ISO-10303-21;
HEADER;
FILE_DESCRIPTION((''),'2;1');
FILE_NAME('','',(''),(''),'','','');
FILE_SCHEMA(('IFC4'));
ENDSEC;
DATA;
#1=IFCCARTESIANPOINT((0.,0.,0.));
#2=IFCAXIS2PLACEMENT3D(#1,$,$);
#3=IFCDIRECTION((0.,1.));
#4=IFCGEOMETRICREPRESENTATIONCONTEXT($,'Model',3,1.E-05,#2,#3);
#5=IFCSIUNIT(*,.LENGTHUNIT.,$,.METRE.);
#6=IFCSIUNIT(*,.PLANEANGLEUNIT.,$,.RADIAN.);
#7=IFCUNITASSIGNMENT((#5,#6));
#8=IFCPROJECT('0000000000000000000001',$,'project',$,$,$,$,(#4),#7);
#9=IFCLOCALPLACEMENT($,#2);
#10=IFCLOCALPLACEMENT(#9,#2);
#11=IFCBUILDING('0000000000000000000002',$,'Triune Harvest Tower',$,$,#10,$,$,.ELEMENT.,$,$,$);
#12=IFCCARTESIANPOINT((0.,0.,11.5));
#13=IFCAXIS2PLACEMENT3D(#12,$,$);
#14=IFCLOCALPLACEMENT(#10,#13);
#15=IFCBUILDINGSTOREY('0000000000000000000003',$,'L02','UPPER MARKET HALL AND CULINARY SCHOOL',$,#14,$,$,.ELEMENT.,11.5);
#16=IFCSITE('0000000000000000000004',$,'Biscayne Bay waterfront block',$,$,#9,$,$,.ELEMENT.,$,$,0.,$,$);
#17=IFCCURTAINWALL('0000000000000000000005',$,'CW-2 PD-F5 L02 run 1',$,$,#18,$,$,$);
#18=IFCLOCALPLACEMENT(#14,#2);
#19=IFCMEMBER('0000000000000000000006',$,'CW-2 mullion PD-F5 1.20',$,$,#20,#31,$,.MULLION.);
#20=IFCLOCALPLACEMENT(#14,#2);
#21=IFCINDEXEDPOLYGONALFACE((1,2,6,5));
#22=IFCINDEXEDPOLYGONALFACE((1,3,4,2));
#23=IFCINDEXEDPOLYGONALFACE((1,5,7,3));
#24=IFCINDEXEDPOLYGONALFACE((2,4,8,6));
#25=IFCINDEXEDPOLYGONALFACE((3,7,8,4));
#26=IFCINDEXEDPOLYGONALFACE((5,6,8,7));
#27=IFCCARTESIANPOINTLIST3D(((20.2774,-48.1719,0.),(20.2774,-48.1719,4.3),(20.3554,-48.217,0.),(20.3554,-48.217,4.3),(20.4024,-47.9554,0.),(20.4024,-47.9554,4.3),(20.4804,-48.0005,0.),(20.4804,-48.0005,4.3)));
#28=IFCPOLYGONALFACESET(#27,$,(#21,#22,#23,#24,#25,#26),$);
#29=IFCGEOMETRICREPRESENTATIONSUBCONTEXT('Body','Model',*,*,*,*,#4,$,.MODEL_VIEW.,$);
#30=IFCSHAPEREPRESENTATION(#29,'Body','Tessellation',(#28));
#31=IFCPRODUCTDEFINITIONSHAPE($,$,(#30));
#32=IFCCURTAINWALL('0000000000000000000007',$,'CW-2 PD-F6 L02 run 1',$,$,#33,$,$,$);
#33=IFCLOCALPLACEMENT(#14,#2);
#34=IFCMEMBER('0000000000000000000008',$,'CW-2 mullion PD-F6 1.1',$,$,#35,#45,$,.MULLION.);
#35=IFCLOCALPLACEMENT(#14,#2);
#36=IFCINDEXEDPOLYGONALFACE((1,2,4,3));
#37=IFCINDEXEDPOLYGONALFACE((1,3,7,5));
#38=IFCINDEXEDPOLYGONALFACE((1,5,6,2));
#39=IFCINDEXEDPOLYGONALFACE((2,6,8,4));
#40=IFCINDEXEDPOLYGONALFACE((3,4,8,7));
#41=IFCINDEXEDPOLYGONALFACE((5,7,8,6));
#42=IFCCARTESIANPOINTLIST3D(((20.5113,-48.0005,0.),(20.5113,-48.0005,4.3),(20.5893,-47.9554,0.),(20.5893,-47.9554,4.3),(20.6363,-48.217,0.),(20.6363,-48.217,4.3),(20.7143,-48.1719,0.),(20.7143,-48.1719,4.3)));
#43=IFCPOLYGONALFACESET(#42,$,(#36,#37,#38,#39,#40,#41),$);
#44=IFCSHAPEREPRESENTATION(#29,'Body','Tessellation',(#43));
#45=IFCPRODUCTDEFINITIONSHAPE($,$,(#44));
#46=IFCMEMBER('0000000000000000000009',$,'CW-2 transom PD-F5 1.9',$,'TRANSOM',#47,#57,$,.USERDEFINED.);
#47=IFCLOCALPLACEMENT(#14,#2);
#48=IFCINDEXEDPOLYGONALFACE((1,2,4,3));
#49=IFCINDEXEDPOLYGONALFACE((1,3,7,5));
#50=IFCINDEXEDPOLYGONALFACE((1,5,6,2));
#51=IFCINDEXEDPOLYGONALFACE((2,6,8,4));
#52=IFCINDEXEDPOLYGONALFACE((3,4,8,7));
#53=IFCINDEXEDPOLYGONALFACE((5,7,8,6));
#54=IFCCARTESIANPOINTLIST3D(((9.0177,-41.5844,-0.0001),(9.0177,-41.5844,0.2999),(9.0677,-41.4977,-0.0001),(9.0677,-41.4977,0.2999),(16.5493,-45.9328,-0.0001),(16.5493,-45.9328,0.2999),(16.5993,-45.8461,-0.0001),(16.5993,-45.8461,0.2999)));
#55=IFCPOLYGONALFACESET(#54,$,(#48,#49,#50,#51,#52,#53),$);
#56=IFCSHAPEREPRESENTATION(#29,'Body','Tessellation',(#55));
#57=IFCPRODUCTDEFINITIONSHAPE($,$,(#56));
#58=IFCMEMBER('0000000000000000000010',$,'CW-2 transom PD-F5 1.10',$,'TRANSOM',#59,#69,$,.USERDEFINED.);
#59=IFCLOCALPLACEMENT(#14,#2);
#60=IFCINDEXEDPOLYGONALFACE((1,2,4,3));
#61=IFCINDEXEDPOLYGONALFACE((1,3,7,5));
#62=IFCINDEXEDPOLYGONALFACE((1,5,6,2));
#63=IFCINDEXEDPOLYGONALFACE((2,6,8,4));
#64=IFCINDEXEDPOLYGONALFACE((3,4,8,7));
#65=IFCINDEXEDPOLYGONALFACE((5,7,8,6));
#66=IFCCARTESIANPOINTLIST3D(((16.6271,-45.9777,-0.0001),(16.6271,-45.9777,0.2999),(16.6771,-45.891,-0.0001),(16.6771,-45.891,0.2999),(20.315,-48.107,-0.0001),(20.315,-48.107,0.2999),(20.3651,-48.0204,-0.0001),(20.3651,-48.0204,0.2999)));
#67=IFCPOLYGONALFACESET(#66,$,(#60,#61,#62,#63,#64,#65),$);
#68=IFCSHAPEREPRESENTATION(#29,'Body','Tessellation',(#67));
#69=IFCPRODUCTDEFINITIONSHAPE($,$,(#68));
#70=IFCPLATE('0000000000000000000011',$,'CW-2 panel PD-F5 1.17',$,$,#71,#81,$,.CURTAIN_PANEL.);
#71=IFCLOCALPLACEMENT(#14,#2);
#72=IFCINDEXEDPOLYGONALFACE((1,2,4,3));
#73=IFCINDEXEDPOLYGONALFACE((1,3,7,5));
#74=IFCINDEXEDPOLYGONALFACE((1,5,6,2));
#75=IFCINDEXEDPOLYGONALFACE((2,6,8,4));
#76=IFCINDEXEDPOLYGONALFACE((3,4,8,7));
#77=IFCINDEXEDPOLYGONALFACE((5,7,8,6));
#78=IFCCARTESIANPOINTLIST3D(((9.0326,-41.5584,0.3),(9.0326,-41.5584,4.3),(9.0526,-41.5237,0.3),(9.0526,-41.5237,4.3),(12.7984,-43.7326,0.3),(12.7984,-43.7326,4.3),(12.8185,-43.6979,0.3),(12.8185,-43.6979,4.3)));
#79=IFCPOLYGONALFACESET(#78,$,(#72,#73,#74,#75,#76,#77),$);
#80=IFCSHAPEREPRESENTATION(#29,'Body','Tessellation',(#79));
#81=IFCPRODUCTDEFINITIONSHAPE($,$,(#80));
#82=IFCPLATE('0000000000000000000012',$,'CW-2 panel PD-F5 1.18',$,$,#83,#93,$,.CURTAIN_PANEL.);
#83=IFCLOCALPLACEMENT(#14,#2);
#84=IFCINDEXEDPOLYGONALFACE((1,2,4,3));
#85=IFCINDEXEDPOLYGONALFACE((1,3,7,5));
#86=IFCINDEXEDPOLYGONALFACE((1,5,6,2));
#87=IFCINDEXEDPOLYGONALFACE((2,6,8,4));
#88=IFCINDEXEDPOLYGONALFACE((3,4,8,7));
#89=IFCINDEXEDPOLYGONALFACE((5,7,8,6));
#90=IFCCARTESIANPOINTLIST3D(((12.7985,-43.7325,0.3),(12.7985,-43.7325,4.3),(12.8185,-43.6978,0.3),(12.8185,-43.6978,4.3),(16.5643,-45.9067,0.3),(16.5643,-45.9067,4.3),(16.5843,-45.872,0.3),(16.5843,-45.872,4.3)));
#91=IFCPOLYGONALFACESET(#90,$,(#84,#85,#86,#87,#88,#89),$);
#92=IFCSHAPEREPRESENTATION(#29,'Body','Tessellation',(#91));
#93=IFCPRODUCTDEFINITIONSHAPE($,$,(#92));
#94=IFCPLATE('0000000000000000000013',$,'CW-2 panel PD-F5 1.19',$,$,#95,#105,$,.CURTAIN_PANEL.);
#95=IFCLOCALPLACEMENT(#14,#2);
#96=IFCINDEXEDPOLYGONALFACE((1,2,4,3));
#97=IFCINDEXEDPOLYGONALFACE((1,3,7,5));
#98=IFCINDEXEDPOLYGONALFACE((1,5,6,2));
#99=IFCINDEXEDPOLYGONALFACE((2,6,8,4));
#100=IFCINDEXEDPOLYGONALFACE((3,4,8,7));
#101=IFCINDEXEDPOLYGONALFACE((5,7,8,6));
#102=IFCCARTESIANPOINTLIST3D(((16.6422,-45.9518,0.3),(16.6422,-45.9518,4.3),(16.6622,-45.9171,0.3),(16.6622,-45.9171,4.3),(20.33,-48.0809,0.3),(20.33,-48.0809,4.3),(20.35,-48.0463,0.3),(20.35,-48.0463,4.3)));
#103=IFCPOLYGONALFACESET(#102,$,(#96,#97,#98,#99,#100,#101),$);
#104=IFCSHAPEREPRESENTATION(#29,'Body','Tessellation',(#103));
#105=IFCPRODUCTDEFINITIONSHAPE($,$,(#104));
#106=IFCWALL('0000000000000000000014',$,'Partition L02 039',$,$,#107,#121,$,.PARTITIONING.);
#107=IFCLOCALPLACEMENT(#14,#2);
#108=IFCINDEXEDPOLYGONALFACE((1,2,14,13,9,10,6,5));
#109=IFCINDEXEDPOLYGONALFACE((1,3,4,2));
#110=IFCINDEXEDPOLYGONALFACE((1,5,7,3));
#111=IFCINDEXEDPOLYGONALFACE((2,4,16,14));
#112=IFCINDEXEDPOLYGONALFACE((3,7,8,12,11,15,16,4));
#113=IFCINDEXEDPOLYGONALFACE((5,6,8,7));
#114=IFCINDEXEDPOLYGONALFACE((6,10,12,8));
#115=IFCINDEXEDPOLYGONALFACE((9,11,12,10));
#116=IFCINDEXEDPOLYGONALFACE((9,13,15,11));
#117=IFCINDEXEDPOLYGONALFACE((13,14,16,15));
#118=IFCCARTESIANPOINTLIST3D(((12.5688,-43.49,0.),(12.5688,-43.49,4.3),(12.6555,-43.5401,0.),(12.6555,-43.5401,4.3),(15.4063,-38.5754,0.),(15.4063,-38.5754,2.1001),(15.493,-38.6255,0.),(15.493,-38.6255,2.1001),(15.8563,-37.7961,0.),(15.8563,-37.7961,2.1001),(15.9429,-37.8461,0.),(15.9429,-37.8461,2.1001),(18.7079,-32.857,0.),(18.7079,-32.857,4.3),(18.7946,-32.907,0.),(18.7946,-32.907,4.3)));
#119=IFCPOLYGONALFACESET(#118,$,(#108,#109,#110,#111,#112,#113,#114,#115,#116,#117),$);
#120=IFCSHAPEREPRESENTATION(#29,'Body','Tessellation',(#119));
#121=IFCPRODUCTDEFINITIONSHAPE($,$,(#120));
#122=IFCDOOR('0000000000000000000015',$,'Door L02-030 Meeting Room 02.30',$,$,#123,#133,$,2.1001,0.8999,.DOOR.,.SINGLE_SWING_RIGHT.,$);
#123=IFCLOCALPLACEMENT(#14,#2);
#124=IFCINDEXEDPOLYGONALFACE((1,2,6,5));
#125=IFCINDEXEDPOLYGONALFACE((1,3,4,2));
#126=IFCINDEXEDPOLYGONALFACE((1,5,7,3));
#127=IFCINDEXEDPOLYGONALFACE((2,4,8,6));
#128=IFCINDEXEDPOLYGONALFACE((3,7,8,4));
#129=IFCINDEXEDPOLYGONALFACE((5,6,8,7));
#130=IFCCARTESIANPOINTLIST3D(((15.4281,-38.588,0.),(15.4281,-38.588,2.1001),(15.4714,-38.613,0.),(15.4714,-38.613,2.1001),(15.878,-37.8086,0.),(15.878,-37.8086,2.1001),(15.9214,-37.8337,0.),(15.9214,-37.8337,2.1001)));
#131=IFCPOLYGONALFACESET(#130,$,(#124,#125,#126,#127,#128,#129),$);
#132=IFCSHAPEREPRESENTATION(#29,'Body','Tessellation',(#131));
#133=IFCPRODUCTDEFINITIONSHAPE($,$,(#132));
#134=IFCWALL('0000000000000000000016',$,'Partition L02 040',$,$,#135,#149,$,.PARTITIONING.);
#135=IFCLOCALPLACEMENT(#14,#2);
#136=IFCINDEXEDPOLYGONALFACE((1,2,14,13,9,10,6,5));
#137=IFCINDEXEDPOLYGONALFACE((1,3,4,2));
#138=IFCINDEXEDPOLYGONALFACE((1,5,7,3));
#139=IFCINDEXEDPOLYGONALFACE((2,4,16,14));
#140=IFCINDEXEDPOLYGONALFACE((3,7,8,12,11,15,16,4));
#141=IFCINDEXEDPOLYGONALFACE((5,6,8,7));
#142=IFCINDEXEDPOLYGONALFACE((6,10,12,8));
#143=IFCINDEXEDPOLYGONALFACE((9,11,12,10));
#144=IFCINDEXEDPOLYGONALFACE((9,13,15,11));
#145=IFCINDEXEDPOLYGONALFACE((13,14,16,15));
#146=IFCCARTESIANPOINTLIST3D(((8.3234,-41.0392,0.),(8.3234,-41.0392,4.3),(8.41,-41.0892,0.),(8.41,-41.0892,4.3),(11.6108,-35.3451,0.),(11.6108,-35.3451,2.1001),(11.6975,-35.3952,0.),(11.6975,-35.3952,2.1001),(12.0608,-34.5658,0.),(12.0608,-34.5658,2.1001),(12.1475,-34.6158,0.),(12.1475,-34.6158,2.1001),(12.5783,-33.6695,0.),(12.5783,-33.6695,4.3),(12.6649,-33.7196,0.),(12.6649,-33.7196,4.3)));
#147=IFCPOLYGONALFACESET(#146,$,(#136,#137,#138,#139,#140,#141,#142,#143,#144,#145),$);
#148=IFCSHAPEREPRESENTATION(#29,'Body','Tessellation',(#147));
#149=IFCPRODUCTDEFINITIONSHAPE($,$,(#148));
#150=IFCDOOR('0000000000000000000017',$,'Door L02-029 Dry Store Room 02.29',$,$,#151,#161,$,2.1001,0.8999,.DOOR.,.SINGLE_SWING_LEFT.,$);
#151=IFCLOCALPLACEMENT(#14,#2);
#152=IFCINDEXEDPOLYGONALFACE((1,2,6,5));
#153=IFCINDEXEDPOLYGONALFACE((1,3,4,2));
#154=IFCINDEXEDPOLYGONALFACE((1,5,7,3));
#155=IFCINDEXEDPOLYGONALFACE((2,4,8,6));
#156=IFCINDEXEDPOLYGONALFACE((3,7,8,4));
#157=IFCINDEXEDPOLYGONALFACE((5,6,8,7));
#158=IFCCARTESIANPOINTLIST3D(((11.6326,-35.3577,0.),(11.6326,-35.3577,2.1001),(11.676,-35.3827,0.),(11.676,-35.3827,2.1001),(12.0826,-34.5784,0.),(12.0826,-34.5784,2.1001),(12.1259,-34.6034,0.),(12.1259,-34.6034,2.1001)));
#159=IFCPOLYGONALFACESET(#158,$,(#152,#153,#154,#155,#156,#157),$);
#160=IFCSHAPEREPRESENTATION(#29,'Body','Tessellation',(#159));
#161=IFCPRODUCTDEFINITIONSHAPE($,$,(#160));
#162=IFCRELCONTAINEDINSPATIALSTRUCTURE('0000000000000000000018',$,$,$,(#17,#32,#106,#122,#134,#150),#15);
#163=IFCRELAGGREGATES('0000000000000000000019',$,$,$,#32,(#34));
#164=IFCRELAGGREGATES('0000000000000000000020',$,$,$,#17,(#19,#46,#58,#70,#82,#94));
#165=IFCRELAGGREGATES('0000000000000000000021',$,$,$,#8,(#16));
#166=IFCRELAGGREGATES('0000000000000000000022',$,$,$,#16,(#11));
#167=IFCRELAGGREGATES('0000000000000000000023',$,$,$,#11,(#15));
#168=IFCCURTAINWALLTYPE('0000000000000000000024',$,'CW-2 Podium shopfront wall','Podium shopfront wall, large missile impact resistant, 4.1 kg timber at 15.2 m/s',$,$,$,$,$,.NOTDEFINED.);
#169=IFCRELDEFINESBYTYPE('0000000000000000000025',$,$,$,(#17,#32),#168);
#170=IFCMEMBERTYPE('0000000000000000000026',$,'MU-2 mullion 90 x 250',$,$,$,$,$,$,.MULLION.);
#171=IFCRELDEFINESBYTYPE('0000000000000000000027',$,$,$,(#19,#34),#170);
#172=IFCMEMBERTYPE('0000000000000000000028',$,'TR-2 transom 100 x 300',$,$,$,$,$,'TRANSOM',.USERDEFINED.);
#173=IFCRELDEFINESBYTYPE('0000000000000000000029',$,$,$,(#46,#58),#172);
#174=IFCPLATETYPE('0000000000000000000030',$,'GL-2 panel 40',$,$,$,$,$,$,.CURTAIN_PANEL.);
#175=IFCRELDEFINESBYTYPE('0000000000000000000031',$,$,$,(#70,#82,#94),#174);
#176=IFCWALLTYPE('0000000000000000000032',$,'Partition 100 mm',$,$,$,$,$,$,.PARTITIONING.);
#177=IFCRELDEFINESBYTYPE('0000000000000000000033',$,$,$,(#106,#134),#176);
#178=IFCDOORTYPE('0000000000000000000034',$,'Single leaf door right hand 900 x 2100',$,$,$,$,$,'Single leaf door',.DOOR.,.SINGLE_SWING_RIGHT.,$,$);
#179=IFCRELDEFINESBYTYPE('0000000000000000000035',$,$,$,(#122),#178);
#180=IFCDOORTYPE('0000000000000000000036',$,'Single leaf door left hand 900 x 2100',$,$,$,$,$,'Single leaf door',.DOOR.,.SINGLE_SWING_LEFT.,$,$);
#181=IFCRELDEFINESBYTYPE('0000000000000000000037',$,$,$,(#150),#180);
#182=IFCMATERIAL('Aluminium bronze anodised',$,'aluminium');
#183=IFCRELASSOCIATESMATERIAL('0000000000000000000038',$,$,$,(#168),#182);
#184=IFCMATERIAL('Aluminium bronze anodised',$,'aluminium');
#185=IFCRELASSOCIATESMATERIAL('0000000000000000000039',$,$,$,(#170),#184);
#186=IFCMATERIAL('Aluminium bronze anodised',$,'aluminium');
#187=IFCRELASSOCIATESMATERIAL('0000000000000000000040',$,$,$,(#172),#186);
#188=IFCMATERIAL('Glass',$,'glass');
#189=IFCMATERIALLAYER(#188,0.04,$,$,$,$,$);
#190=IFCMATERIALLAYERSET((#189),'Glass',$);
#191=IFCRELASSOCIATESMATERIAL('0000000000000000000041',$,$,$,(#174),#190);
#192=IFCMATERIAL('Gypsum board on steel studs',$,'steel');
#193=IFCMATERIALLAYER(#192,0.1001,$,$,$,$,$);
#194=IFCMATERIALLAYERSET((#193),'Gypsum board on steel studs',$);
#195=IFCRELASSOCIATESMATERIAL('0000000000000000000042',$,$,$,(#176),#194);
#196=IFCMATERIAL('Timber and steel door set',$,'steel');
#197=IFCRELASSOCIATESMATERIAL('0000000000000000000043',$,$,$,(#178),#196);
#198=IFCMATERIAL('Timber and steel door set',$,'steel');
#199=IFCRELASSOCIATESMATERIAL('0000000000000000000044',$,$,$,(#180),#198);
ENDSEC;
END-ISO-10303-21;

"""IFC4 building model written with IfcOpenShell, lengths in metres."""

from ifc_helpers import new_model, si_unit, direction, frame, frame_2d, origin, origin_2d, place, context, subcontext, project, spatial, rectangle, extrude, source, transform, mapped, material, layer, layer_set, material_profile, profile_set, type_object, element, fill, aggregate, save


model = new_model("IFC4")

# Units and contexts
model_context = context("Model", 3, precision=1e-05, world=origin(), true_north=direction((0.0, 1.0)))
body_context = subcontext(model_context, "Body", "Model", "MODEL_VIEW")
ifc_project = project(units=[si_unit("LENGTHUNIT", "METRE"), si_unit("PLANEANGLEUNIT", "RADIAN")], contexts=[model_context])

# Site, building, storey
site_placement = place(None, origin())
site = spatial("IfcSite", under=ifc_project, at=site_placement, Name="Biscayne Bay waterfront block", CompositionType="ELEMENT", RefElevation=0.0)
building_placement = place(site_placement, origin())
building = spatial("IfcBuilding", under=site, at=building_placement, Name="Triune Harvest Tower", CompositionType="ELEMENT")
storey_placement = place(building_placement, frame((0.0, 0.0, 11.5)))
storey = spatial("IfcBuildingStorey", under=building, at=storey_placement, Name="L02", Description="UPPER MARKET HALL AND CULINARY SCHOOL", CompositionType="ELEMENT", Elevation=11.5)

# Curtain wall, member
ifc_material_1 = material(Name="Aluminium bronze anodised", Category="aluminium")
curtain_wall_type = type_object("IfcCurtainWallType", Name="CW-2 Podium shopfront wall", Description="Podium shopfront wall, large missile impact resistant, 4.1 kg timber at 15.2 m/s", PredefinedType="NOTDEFINED", material=ifc_material_1)
curtain_wall_1_placement = place(storey_placement, origin())
curtain_wall_1 = element("IfcCurtainWall", 1, at=curtain_wall_1_placement, inside=storey, type_object=curtain_wall_type, Name="CW-2 PD-F5 L02 run 1")
ifc_material_2 = material(Name="Aluminium bronze anodised", Category="aluminium")
ifc_material_profile_1 = material_profile(ifc_material_2, rectangle(XDim=0.25, YDim=0.0901, at=origin_2d()), Name="MU-2 mullion 90 x 250")
ifc_profile_set_1 = profile_set([ifc_material_profile_1], Name="Aluminium bronze anodised")
member_type_1 = type_object("IfcMemberType", Name="MU-2 mullion 90 x 250", PredefinedType="MULLION", material=ifc_profile_set_1)
shared_shape_1 = source(origin(), body_context, "Body", "SweptSolid", [
    extrude(rectangle(XDim=0.25, YDim=0.0901, at=origin_2d()), origin(), (0.0, 0.0, 1.0), 4.3),
])
member_1_placement = place(storey_placement, frame((20.3789, -48.0862, 0.0), z_axis=(0.0, 0.0, 1.0), x_axis=(0.5, 0.866025, 0.0)))
member_1 = element("IfcMember", 2, at=member_1_placement, type_object=member_type_1, Name="CW-2 mullion PD-F5 1.20", PredefinedType="MULLION", context=body_context, shape_type="MappedRepresentation", body=[
    mapped(shared_shape_1, transform((0.0, 0.0, 0.0), scale=1.0)),
])

# Curtain wall, member
curtain_wall_2_placement = place(storey_placement, origin())
curtain_wall_2 = element("IfcCurtainWall", 3, at=curtain_wall_2_placement, inside=storey, type_object=curtain_wall_type, Name="CW-2 PD-F6 L02 run 1")
member_2_placement = place(storey_placement, frame((20.6128, -48.0862, 0.0), z_axis=(0.0, 0.0, 1.0), x_axis=(-0.499998, 0.866027, 0.0)))
member_2 = element("IfcMember", 4, at=member_2_placement, type_object=member_type_1, Name="CW-2 mullion PD-F6 1.1", PredefinedType="MULLION", context=body_context, shape_type="MappedRepresentation", body=[
    mapped(shared_shape_1, transform((0.0, 0.0, 0.0), scale=1.0)),
])
aggregate(curtain_wall_2, [member_2])

# Members
ifc_material_3 = material(Name="Aluminium bronze anodised", Category="aluminium")
ifc_material_profile_2 = material_profile(ifc_material_3, rectangle(XDim=0.1001, YDim=0.3, at=origin_2d()), Name="TR-2 transom 100 x 300")
ifc_profile_set_2 = profile_set([ifc_material_profile_2], Name="Aluminium bronze anodised")
member_type_2 = type_object("IfcMemberType", Name="TR-2 transom 100 x 300", ElementType="TRANSOM", PredefinedType="USERDEFINED", material=ifc_profile_set_2)
shared_shape_2 = source(origin(), body_context, "Body", "SweptSolid", [
    extrude(rectangle(XDim=0.1001, YDim=0.3, at=origin_2d()), origin(), (0.0, 0.0, 1.0), 8.6968),
])
member_3_placement = place(storey_placement, frame((9.0427, -41.541, 0.1499), z_axis=(0.866021, -0.500007, 0.0), x_axis=(0.500007, 0.866021, 0.0)))
member_3 = element("IfcMember", 5, at=member_3_placement, type_object=member_type_2, Name="CW-2 transom PD-F5 1.9", ObjectType="TRANSOM", PredefinedType="USERDEFINED", context=body_context, shape_type="MappedRepresentation", body=[
    mapped(shared_shape_2, transform((0.0, 0.0, 0.0), scale=1.0)),
])
shared_shape_3 = source(origin(), body_context, "Body", "SweptSolid", [
    extrude(rectangle(XDim=0.1001, YDim=0.3, at=origin_2d()), origin(), (0.0, 0.0, 1.0), 4.2585),
])
member_4_placement = place(storey_placement, frame((16.6521, -45.9343, 0.1499), z_axis=(0.866012, -0.500024, 0.0), x_axis=(0.500024, 0.866012, 0.0)))
member_4 = element("IfcMember", 6, at=member_4_placement, type_object=member_type_2, Name="CW-2 transom PD-F5 1.10", ObjectType="TRANSOM", PredefinedType="USERDEFINED", context=body_context, shape_type="MappedRepresentation", body=[
    mapped(shared_shape_3, transform((0.0, 0.0, 0.0), scale=1.0)),
])

# Plates
ifc_material_4 = material(Name="Glass", Category="glass")
ifc_layer_1 = layer(ifc_material_4, 0.04)
ifc_layer_set_1 = layer_set([ifc_layer_1], Name="Glass")
plate_type = type_object("IfcPlateType", Name="GL-2 panel 40", PredefinedType="CURTAIN_PANEL", material=ifc_layer_set_1)
shared_shape_4 = source(origin(), body_context, "Body", "SweptSolid", [
    extrude(rectangle(XDim=4.3484, YDim=0.04, at=origin_2d()), origin(), (0.0, 0.0, 1.0), 4.0),
])
plate_1_placement = place(storey_placement, frame((10.9255, -42.6282, 0.3), z_axis=(0.0, 0.0, 1.0), x_axis=(0.866025, -0.5, 0.0)))
plate_1 = element("IfcPlate", 7, at=plate_1_placement, type_object=plate_type, Name="CW-2 panel PD-F5 1.17", PredefinedType="CURTAIN_PANEL", context=body_context, shape_type="MappedRepresentation", body=[
    mapped(shared_shape_4, transform((0.0, 0.0, 0.0), scale=1.0)),
])
plate_2_placement = place(storey_placement, frame((14.6914, -44.8022, 0.3), z_axis=(0.0, 0.0, 1.0), x_axis=(0.866025, -0.5, 0.0)))
plate_2 = element("IfcPlate", 8, at=plate_2_placement, type_object=plate_type, Name="CW-2 panel PD-F5 1.18", PredefinedType="CURTAIN_PANEL", context=body_context, shape_type="MappedRepresentation", body=[
    mapped(shared_shape_4, transform((0.0, 0.0, 0.0), scale=1.0)),
])
shared_shape_5 = source(origin(), body_context, "Body", "SweptSolid", [
    extrude(rectangle(XDim=4.2583, YDim=0.04, at=origin_2d()), origin(), (0.0, 0.0, 1.0), 4.0),
])
plate_3_placement = place(storey_placement, frame((18.4961, -46.999, 0.3), z_axis=(0.0, 0.0, 1.0), x_axis=(0.866025, -0.5, 0.0)))
plate_3 = element("IfcPlate", 9, at=plate_3_placement, type_object=plate_type, Name="CW-2 panel PD-F5 1.19", PredefinedType="CURTAIN_PANEL", context=body_context, shape_type="MappedRepresentation", body=[
    mapped(shared_shape_5, transform((0.0, 0.0, 0.0), scale=1.0)),
])
aggregate(curtain_wall_1, [member_1, member_3, member_4, plate_1, plate_2, plate_3])

# Walls, openings, doors
ifc_material_5 = material(Name="Gypsum board on steel studs", Category="steel")
ifc_layer_2 = layer(ifc_material_5, 0.1001)
ifc_layer_set_2 = layer_set([ifc_layer_2], Name="Gypsum board on steel studs")
wall_type = type_object("IfcWallType", Name="Partition 100 mm", PredefinedType="PARTITIONING", material=ifc_layer_set_2)
wall_1_placement = place(storey_placement, frame((12.6121, -43.5151, 0.0), z_axis=(0.0, 0.0, 1.0), x_axis=(0.50001, 0.86602, 0.0)))
wall_1 = element("IfcWall", 10, at=wall_1_placement, inside=storey, type_object=wall_type, Name="Partition L02 039", PredefinedType="PARTITIONING", context=body_context, shape_type="SweptSolid", body=[
    extrude(rectangle(XDim=12.2781, YDim=0.1001, at=frame_2d((6.1392, 0.0))), origin(), (0.0, 0.0, 1.0), 4.3),
])
opening_1_placement = place(wall_1_placement, frame((5.675, 0.0, 0.0)))
opening_1 = element("IfcOpeningElement", 11, at=opening_1_placement, cuts=wall_1, PredefinedType="OPENING", context=body_context, shape_type="SweptSolid", body=[
    extrude(rectangle(XDim=0.8999, YDim=2.1001, at=frame_2d((0.45, 1.05))), frame((0.0, 0.0601, 0.0), z_axis=(0.0, -1.0, 0.0), x_axis=(1.0, 0.0, 0.0)), (0.0, 0.0, 1.0), 0.1201),
])
ifc_material_6 = material(Name="Timber and steel door set", Category="steel")
door_type_1 = type_object("IfcDoorType", Name="Single leaf door right hand 900 x 2100", ElementType="Single leaf door", OperationType="SINGLE_SWING_RIGHT", PredefinedType="DOOR", material=ifc_material_6)
door_1_placement = place(opening_1_placement, origin())
door_1 = element("IfcDoor", 12, at=door_1_placement, inside=storey, type_object=door_type_1, Name="Door L02-030 Meeting Room 02.30", OperationType="SINGLE_SWING_RIGHT", OverallHeight=2.1001, OverallWidth=0.8999, PredefinedType="DOOR", context=body_context, shape_type="SweptSolid", body=[
    extrude(rectangle(XDim=0.8999, YDim=2.1001, at=frame_2d((0.45, 1.05))), frame((0.0, 0.0249, 0.0), z_axis=(0.0, -1.0, 0.0), x_axis=(1.0, 0.0, 0.0)), (0.0, 0.0, 1.0), 0.05),
])
fill(opening_1, door_1)
wall_2_placement = place(storey_placement, frame((8.3667, -41.0642, 0.0), z_axis=(0.0, 0.0, 1.0), x_axis=(0.500002, 0.866024, 0.0)))
wall_2 = element("IfcWall", 13, at=wall_2_placement, inside=storey, type_object=wall_type, Name="Partition L02 040", PredefinedType="PARTITIONING", context=body_context, shape_type="SweptSolid", body=[
    extrude(rectangle(XDim=8.5098, YDim=0.1001, at=frame_2d((4.2549, 0.0))), origin(), (0.0, 0.0, 1.0), 4.3),
])
opening_2_placement = place(wall_2_placement, frame((6.575, 0.0, 0.0)))
opening_2 = element("IfcOpeningElement", 14, at=opening_2_placement, cuts=wall_2, PredefinedType="OPENING", context=body_context, shape_type="SweptSolid", body=[
    extrude(rectangle(XDim=0.8999, YDim=2.1001, at=frame_2d((0.45, 1.05))), frame((0.0, 0.0601, 0.0), z_axis=(0.0, -1.0, 0.0), x_axis=(1.0, 0.0, 0.0)), (0.0, 0.0, 1.0), 0.1201),
])
ifc_material_7 = material(Name="Timber and steel door set", Category="steel")
door_type_2 = type_object("IfcDoorType", Name="Single leaf door left hand 900 x 2100", ElementType="Single leaf door", OperationType="SINGLE_SWING_LEFT", PredefinedType="DOOR", material=ifc_material_7)
door_2_placement = place(opening_2_placement, origin())
door_2 = element("IfcDoor", 15, at=door_2_placement, inside=storey, type_object=door_type_2, Name="Door L02-029 Dry Store Room 02.29", OperationType="SINGLE_SWING_LEFT", OverallHeight=2.1001, OverallWidth=0.8999, PredefinedType="DOOR", context=body_context, shape_type="SweptSolid", body=[
    extrude(rectangle(XDim=0.8999, YDim=2.1001, at=frame_2d((0.45, 1.05))), frame((0.0, 0.0249, 0.0), z_axis=(0.0, -1.0, 0.0), x_axis=(1.0, 0.0, 0.0)), (0.0, 0.0, 1.0), 0.05),
])
fill(opening_2, door_2)

save(model, "model.ifc")
